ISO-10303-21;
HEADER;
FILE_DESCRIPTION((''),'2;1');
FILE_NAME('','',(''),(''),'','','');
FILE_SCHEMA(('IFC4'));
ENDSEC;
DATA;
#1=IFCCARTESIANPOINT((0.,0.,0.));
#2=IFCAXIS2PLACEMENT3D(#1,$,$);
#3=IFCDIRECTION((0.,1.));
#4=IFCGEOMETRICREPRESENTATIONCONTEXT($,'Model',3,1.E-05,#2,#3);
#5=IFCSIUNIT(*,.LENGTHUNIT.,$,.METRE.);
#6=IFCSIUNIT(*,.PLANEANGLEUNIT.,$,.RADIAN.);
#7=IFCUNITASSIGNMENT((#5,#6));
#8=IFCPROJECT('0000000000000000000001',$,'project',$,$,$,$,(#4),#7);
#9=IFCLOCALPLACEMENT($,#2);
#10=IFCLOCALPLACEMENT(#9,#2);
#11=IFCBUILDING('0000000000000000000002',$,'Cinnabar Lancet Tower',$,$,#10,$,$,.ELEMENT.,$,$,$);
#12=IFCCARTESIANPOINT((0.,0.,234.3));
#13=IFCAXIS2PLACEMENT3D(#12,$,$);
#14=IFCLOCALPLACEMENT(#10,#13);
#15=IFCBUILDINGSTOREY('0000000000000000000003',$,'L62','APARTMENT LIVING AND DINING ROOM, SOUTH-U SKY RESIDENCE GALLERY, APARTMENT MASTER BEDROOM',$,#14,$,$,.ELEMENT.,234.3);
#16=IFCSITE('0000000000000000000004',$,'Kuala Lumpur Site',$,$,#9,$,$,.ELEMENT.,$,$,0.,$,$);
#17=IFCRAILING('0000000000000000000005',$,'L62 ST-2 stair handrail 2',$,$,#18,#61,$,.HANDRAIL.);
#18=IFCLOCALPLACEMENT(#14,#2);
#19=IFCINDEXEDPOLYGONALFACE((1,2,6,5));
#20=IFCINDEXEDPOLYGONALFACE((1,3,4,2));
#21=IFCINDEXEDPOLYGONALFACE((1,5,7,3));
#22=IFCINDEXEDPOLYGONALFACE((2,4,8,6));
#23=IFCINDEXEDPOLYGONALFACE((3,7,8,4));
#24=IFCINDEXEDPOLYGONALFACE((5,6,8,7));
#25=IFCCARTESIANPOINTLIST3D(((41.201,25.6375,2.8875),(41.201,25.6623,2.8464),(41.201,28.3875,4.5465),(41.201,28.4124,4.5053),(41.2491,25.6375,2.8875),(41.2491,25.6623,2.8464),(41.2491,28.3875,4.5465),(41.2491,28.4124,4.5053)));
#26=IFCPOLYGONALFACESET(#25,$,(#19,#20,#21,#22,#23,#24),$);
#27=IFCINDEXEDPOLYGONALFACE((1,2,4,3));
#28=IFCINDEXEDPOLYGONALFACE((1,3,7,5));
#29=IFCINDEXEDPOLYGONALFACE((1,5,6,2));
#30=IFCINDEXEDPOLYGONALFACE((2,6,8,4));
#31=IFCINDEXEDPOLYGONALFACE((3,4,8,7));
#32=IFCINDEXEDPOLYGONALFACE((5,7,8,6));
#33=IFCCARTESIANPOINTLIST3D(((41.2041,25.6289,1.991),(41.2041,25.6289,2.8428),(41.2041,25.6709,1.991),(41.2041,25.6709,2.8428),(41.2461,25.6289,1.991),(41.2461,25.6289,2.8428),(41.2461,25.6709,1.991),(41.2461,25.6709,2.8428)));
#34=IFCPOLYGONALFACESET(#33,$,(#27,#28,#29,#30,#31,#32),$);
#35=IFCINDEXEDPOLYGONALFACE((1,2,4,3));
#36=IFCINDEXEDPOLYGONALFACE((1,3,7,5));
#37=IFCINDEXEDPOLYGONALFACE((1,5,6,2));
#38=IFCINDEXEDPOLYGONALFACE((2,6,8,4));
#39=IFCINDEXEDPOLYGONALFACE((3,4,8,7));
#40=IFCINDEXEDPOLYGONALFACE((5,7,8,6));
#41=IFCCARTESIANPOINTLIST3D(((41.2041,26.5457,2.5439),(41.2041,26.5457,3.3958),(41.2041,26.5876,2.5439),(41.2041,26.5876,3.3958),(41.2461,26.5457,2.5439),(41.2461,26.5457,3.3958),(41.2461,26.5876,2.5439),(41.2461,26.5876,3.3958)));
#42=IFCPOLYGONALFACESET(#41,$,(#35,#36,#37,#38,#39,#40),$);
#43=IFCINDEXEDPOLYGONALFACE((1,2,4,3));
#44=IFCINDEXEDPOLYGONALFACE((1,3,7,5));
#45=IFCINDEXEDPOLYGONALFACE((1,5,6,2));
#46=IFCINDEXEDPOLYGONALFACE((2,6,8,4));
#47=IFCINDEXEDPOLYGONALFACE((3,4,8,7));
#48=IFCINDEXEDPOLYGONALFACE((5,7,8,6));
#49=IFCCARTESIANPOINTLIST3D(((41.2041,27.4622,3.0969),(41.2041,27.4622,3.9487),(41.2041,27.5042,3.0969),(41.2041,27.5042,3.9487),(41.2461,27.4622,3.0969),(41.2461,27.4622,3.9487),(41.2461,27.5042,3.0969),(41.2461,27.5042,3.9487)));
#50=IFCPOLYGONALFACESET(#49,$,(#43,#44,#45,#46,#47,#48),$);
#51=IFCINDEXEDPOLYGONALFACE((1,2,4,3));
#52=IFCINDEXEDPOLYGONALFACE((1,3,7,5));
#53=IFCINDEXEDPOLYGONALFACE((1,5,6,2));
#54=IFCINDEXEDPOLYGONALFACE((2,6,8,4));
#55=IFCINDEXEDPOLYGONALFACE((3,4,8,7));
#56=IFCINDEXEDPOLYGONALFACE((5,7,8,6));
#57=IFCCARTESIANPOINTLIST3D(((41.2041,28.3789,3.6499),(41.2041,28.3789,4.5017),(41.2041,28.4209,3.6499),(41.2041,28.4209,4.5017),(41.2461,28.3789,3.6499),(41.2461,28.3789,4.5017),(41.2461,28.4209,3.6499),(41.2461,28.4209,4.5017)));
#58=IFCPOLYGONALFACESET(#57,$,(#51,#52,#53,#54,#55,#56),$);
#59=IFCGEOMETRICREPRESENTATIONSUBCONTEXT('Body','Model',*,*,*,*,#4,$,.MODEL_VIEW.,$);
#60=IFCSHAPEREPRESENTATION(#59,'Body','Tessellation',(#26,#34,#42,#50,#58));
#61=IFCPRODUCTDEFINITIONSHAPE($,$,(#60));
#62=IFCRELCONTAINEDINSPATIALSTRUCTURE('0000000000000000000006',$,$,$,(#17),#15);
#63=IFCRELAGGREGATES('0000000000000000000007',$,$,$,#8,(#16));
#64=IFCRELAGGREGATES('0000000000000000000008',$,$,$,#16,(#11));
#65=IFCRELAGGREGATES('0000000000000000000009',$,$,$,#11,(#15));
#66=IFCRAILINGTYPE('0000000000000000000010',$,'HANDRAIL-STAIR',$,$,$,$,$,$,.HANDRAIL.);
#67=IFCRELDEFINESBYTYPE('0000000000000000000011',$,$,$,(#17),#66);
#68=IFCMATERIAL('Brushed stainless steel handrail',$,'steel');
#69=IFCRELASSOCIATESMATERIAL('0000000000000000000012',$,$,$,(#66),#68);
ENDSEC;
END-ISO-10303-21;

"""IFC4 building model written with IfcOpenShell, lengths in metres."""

from ifc_helpers import new_model, si_unit, direction, frame, origin, origin_2d, place, context, subcontext, project, spatial, rectangle, extrude, material, type_object, element, save


model = new_model("IFC4")

# Units and contexts
model_context = context("Model", 3, precision=1e-05, world=origin(), true_north=direction((0.0, 1.0)))
body_context = subcontext(model_context, "Body", "Model", "MODEL_VIEW")
ifc_project = project(units=[si_unit("LENGTHUNIT", "METRE"), si_unit("PLANEANGLEUNIT", "RADIAN")], contexts=[model_context])

# Site, building, storey
site_placement = place(None, origin())
site = spatial("IfcSite", under=ifc_project, at=site_placement, Name="Kuala Lumpur Site", CompositionType="ELEMENT", RefElevation=0.0)
building_placement = place(site_placement, origin())
building = spatial("IfcBuilding", under=site, at=building_placement, Name="Cinnabar Lancet Tower", CompositionType="ELEMENT")
storey_placement = place(building_placement, frame((0.0, 0.0, 234.3)))
storey = spatial("IfcBuildingStorey", under=building, at=storey_placement, Name="L62", Description="APARTMENT LIVING AND DINING ROOM, SOUTH-U SKY RESIDENCE GALLERY, APARTMENT MASTER BEDROOM", CompositionType="ELEMENT", Elevation=234.3)

# Railing
ifc_material_1 = material(Name="Brushed stainless steel handrail", Category="steel")
railing_type_1 = type_object("IfcRailingType", Name="HANDRAIL-STAIR", PredefinedType="HANDRAIL", material=ifc_material_1)
railing_1_placement = place(storey_placement, frame((41.2251, 25.6499, 1.991)))
element("IfcRailing", 1, at=railing_1_placement, inside=storey, type_object=railing_type_1, Name="L62 ST-2 stair handrail 2", PredefinedType="HANDRAIL", context=body_context, shape_type="SweptSolid", body=[
    extrude(rectangle(XDim=0.0481, YDim=0.0481, at=origin_2d()), frame((0.0, 0.0, 0.876), z_axis=(0.0, 0.856263, 0.51654), x_axis=(-1.0, 0.0, 0.0)), (0.0, 0.0, 1.0), 3.2117),
    extrude(rectangle(XDim=0.042, YDim=0.042, at=origin_2d()), origin(), (0.0, 0.0, 1.0), 0.8518),
    extrude(rectangle(XDim=0.042, YDim=0.042, at=origin_2d()), frame((0.0, 0.9167, 0.553)), (0.0, 0.0, 1.0), 0.8518),
    extrude(rectangle(XDim=0.042, YDim=0.042, at=origin_2d()), frame((0.0, 1.8333, 1.106)), (0.0, 0.0, 1.0), 0.8518),
    extrude(rectangle(XDim=0.042, YDim=0.042, at=origin_2d()), frame((0.0, 2.75, 1.6589)), (0.0, 0.0, 1.0), 0.8518),
])

save(model, "model.ifc")
